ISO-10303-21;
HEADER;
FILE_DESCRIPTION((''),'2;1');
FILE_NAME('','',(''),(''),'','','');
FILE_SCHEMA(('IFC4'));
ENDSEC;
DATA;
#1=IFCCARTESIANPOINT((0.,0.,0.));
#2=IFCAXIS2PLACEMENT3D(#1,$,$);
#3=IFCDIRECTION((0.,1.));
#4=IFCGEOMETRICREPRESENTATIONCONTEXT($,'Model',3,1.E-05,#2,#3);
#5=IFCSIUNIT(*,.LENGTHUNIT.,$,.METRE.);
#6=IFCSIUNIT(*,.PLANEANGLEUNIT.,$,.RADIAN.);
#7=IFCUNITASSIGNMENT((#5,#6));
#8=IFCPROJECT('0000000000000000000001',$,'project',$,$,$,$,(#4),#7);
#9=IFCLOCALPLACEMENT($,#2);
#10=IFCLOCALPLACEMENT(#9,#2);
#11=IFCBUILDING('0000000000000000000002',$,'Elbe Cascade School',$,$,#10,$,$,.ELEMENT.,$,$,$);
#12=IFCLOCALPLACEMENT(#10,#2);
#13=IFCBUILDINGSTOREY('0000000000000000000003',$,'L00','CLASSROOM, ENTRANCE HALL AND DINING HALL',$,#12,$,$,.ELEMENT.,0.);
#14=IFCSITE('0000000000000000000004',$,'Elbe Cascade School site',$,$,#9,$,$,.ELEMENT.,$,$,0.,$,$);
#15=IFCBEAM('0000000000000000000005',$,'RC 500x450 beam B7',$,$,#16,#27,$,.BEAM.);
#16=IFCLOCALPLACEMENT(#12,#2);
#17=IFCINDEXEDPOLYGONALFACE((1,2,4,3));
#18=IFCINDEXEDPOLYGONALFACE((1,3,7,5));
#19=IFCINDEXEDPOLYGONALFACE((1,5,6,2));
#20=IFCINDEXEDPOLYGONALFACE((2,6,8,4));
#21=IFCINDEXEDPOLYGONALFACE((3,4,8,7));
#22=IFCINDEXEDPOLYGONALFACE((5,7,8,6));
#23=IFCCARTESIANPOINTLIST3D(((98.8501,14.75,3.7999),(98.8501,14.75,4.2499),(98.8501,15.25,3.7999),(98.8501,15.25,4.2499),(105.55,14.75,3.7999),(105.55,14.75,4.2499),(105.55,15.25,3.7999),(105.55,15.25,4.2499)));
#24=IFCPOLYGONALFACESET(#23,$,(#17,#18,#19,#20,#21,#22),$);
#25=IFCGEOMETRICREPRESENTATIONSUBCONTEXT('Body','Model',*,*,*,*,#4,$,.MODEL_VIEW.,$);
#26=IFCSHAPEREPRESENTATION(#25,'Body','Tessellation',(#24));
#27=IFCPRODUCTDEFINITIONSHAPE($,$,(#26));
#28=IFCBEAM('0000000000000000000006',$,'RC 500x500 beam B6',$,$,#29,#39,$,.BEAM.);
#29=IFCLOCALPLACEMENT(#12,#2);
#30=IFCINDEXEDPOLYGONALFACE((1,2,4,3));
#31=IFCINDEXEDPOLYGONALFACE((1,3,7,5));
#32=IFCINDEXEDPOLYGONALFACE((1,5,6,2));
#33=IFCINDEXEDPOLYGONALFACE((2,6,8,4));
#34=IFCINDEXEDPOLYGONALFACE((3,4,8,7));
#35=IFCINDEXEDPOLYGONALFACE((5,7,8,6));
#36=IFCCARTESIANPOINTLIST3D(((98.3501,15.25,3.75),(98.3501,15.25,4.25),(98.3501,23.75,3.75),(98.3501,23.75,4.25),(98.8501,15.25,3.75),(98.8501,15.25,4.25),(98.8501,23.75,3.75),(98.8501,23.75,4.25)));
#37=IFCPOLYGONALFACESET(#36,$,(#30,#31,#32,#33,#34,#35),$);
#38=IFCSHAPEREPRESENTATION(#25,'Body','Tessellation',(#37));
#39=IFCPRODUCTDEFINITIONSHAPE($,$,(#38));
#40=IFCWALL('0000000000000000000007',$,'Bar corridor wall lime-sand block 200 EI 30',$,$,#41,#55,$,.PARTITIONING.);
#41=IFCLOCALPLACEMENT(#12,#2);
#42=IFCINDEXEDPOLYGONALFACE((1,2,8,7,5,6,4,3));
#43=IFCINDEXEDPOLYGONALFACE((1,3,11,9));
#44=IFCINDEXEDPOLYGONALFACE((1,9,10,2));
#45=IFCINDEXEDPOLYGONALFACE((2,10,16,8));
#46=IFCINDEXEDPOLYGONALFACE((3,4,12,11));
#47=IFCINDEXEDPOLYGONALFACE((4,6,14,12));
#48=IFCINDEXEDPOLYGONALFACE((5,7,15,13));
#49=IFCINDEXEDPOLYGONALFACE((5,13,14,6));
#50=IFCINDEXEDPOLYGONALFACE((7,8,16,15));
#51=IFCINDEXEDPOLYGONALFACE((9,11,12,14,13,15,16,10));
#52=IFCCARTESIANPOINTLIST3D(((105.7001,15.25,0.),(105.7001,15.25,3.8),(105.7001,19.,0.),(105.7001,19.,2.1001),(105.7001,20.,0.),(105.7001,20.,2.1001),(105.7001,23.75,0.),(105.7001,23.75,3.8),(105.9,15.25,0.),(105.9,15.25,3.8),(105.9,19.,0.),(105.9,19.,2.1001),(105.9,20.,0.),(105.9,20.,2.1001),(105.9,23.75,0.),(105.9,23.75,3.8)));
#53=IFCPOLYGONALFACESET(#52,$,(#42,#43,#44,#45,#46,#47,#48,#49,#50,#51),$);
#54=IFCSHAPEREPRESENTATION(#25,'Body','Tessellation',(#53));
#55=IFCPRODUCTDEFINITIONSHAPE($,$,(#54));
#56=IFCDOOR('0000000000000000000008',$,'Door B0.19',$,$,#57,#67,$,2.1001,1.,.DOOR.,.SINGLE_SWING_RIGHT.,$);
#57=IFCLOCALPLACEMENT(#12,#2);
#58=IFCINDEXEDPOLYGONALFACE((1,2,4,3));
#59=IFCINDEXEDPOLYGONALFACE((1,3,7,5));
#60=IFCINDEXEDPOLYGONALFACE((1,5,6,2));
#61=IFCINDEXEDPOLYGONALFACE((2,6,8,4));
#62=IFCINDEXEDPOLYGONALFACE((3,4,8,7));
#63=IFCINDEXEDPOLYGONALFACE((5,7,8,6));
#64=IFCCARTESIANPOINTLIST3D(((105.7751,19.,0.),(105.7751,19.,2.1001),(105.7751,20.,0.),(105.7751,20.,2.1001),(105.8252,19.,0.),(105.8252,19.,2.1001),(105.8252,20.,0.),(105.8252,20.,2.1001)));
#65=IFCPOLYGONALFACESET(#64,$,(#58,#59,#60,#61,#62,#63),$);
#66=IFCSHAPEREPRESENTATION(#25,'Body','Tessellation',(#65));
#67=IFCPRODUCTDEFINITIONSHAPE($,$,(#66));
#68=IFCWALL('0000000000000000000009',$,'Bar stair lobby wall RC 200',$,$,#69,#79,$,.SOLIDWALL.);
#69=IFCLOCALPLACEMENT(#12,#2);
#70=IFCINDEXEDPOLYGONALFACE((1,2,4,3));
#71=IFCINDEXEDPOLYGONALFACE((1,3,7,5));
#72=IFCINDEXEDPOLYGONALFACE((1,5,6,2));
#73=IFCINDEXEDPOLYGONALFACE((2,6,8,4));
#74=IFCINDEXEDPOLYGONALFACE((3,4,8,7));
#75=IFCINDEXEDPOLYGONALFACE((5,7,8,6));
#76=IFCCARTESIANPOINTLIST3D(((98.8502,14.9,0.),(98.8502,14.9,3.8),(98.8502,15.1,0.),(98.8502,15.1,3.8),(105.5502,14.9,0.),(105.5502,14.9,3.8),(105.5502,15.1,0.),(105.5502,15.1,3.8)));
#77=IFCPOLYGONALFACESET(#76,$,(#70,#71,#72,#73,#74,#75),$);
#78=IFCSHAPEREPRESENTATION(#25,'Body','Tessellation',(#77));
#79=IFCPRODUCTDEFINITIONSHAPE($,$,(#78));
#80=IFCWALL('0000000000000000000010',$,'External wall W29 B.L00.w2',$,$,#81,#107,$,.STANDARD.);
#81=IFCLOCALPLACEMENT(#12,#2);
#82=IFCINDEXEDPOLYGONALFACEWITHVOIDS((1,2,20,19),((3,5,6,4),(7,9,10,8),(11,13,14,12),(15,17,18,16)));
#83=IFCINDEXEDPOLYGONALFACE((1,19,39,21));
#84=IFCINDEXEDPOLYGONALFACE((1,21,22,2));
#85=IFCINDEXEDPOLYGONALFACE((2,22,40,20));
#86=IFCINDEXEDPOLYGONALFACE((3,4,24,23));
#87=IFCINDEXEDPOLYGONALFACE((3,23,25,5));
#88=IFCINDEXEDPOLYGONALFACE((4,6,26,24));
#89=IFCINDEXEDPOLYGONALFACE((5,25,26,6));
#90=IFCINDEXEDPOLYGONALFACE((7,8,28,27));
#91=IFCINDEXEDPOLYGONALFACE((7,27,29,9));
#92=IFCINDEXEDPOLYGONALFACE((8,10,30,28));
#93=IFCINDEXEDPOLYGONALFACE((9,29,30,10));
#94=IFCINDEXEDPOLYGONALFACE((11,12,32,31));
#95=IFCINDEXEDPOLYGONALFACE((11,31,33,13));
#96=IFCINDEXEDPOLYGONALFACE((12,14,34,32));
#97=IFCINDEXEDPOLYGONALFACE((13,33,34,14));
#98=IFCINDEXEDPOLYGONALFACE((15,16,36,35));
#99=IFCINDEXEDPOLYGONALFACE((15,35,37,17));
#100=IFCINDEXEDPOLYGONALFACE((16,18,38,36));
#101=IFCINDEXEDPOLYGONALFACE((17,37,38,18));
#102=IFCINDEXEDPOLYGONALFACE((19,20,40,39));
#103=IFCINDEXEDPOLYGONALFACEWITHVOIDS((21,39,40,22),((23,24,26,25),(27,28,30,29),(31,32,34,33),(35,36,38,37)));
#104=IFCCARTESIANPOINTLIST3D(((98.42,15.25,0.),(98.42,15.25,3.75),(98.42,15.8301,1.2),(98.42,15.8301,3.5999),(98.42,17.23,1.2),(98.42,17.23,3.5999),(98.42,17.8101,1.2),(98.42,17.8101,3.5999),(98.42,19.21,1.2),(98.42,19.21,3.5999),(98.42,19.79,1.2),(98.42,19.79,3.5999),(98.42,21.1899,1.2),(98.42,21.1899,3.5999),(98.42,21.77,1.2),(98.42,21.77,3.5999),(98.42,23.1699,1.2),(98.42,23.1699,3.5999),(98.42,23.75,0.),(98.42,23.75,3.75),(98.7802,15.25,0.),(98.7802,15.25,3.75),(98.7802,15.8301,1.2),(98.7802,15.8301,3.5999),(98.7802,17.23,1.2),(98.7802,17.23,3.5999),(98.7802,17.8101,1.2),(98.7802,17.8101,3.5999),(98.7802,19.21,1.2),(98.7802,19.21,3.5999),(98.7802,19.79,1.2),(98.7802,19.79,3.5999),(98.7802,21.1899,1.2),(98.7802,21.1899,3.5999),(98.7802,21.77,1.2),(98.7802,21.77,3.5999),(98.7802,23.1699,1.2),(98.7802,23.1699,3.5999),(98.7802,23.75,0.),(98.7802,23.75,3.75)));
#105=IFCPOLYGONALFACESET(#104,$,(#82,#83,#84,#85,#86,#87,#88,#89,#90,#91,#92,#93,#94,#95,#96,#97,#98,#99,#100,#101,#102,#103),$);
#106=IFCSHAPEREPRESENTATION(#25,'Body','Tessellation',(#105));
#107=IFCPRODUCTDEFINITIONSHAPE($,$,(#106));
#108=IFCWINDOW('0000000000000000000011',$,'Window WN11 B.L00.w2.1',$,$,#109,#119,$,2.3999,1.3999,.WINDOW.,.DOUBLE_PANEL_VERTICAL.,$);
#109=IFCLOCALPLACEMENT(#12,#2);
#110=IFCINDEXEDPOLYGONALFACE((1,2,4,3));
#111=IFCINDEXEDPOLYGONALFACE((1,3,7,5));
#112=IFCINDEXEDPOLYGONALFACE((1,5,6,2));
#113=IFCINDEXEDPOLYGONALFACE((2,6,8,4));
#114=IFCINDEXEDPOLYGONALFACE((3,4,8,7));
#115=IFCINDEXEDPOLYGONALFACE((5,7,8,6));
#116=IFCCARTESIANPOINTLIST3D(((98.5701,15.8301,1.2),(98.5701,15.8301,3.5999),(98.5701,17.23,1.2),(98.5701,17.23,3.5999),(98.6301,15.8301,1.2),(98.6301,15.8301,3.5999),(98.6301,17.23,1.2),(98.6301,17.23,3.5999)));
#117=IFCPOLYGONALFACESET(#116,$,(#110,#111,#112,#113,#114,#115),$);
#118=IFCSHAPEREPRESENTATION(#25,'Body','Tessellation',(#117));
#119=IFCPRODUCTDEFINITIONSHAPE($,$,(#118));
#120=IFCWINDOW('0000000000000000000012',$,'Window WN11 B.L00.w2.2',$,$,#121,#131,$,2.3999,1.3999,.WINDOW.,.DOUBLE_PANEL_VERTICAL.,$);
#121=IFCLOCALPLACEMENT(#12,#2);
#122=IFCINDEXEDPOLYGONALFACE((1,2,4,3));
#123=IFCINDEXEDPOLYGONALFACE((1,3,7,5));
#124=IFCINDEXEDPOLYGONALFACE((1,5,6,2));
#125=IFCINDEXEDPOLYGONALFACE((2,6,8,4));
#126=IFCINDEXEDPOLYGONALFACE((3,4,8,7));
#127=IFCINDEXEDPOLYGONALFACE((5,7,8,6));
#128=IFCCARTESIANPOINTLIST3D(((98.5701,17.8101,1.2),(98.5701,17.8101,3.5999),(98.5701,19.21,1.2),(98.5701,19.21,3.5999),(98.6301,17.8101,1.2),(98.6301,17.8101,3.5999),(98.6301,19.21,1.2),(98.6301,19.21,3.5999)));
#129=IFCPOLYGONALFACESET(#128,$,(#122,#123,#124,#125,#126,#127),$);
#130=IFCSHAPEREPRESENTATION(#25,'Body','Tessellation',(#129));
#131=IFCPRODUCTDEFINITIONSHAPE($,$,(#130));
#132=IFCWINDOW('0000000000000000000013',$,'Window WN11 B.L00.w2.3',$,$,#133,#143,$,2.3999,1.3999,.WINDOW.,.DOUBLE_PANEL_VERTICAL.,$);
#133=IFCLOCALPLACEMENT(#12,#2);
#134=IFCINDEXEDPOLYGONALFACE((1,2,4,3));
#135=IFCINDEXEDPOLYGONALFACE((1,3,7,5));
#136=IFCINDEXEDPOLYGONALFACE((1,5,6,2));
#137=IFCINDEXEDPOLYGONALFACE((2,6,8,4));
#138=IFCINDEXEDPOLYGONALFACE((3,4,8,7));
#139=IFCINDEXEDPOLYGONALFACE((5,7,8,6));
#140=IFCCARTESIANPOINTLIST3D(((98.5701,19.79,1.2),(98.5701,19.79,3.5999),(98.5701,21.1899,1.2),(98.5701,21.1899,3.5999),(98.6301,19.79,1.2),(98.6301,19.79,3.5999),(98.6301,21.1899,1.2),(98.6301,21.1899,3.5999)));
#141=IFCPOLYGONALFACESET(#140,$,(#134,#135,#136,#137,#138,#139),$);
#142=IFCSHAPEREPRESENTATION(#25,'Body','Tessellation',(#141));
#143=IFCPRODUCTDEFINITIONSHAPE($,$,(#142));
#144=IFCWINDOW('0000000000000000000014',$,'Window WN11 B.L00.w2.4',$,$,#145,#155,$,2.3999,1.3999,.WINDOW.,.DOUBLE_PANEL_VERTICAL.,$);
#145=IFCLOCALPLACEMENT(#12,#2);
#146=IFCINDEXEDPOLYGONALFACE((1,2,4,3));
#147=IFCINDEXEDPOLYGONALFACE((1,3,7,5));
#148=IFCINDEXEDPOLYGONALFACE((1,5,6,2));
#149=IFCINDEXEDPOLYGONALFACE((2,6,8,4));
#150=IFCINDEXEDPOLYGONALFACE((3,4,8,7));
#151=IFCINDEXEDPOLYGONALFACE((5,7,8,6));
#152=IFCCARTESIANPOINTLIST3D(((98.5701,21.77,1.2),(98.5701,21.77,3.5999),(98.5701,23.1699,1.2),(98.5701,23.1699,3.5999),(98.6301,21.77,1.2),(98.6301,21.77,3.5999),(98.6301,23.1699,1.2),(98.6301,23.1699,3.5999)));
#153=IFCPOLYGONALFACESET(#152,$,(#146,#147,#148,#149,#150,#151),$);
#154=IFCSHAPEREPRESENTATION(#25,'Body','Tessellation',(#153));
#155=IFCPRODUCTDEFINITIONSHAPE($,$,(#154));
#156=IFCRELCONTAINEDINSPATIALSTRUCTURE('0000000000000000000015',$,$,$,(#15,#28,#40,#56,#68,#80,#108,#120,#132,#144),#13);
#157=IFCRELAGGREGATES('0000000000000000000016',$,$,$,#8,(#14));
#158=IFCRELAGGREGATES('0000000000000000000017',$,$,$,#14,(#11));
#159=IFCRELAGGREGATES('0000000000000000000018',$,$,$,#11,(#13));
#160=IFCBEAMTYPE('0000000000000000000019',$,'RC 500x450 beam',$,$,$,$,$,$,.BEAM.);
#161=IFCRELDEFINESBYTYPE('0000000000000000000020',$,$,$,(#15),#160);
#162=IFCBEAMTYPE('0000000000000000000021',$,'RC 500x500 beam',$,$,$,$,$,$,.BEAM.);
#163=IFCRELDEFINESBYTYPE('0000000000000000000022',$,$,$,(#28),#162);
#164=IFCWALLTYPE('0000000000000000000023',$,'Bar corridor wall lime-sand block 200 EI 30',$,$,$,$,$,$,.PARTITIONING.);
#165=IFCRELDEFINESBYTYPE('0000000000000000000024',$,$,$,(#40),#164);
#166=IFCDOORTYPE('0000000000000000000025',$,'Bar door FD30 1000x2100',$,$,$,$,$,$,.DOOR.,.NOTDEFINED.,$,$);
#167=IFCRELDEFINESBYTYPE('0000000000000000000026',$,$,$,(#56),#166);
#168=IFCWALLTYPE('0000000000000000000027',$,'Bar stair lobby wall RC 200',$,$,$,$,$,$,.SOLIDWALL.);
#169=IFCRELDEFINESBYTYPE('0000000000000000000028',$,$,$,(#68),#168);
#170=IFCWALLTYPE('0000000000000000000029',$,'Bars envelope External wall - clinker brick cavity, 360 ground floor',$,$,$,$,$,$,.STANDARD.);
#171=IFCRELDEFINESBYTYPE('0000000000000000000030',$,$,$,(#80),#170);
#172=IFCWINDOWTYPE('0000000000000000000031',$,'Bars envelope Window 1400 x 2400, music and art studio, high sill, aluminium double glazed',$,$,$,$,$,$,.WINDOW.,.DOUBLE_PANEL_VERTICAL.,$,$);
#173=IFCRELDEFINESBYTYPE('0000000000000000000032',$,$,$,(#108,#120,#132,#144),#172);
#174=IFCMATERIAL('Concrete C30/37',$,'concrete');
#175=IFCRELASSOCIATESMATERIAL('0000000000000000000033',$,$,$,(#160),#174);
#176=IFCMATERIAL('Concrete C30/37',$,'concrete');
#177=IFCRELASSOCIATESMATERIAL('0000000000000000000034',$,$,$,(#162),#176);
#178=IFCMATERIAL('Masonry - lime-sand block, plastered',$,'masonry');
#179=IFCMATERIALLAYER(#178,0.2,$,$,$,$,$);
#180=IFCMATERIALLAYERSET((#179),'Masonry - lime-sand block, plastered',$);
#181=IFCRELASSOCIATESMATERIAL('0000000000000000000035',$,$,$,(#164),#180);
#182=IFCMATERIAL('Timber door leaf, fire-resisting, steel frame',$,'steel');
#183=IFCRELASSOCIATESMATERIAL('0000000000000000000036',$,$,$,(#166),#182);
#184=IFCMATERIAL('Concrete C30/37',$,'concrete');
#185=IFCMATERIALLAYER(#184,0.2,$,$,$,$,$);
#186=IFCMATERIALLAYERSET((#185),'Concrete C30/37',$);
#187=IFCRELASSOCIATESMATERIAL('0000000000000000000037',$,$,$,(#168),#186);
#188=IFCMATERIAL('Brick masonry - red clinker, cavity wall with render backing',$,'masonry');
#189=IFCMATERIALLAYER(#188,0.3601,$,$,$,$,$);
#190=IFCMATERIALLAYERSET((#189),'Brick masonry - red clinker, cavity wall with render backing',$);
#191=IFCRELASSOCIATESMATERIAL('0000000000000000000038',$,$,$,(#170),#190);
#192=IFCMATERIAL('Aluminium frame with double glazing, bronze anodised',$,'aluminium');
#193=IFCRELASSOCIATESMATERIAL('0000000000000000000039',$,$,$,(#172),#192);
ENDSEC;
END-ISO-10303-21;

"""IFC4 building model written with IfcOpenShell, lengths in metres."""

from ifc_helpers import new_model, si_unit, direction, frame, frame_2d, origin, origin_2d, place, context, subcontext, project, spatial, rectangle, extrude, material, layer, layer_set, material_profile, profile_set, type_object, element, fill, save


model = new_model("IFC4")

# Units and contexts
model_context = context("Model", 3, precision=1e-05, world=origin(), true_north=direction((0.0, 1.0)))
body_context = subcontext(model_context, "Body", "Model", "MODEL_VIEW")
ifc_project = project(units=[si_unit("LENGTHUNIT", "METRE"), si_unit("PLANEANGLEUNIT", "RADIAN")], contexts=[model_context])

# Site, building, storey
site_placement = place(None, origin())
site = spatial("IfcSite", under=ifc_project, at=site_placement, Name="Elbe Cascade School site", CompositionType="ELEMENT", RefElevation=0.0)
building_placement = place(site_placement, origin())
building = spatial("IfcBuilding", under=site, at=building_placement, Name="Elbe Cascade School", CompositionType="ELEMENT")
storey_placement = place(building_placement, origin())
storey = spatial("IfcBuildingStorey", under=building, at=storey_placement, Name="L00", Description="CLASSROOM, ENTRANCE HALL AND DINING HALL", CompositionType="ELEMENT", Elevation=0.0)

# Beams
ifc_material_1 = material(Name="Concrete C30/37", Category="concrete")
ifc_material_profile_1 = material_profile(ifc_material_1, rectangle(XDim=0.5, YDim=0.45, at=origin_2d()), Name="RC 500x450")
ifc_profile_set_1 = profile_set([ifc_material_profile_1], Name="Concrete C30/37")
beam_type_1 = type_object("IfcBeamType", Name="RC 500x450 beam", PredefinedType="BEAM", material=ifc_profile_set_1)
beam_1_placement = place(storey_placement, frame((98.8501, 15.0, 4.0249), z_axis=(1.0, 0.0, 0.0), x_axis=(0.0, 1.0, 0.0)))
element("IfcBeam", 1, at=beam_1_placement, inside=storey, type_object=beam_type_1, Name="RC 500x450 beam B7", PredefinedType="BEAM", context=body_context, shape_type="SweptSolid", body=[
    extrude(rectangle(XDim=0.5, YDim=0.45, at=origin_2d()), origin(), (0.0, 0.0, 1.0), 6.7),
])
ifc_material_2 = material(Name="Concrete C30/37", Category="concrete")
ifc_material_profile_2 = material_profile(ifc_material_2, rectangle(XDim=0.5, YDim=0.5, at=origin_2d()), Name="RC 500x500")
ifc_profile_set_2 = profile_set([ifc_material_profile_2], Name="Concrete C30/37")
beam_type_2 = type_object("IfcBeamType", Name="RC 500x500 beam", PredefinedType="BEAM", material=ifc_profile_set_2)
beam_2_placement = place(storey_placement, frame((98.6001, 15.25, 4.0), z_axis=(0.0, 1.0, 0.0), x_axis=(-1.0, 0.0, 0.0)))
element("IfcBeam", 2, at=beam_2_placement, inside=storey, type_object=beam_type_2, Name="RC 500x500 beam B6", PredefinedType="BEAM", context=body_context, shape_type="SweptSolid", body=[
    extrude(rectangle(XDim=0.5, YDim=0.5, at=origin_2d()), origin(), (0.0, 0.0, 1.0), 8.5),
])

# Wall, opening, door
ifc_material_3 = material(Name="Masonry - lime-sand block, plastered", Category="masonry")
ifc_layer_1 = layer(ifc_material_3, 0.2)
ifc_layer_set_1 = layer_set([ifc_layer_1], Name="Masonry - lime-sand block, plastered")
wall_type_1 = type_object("IfcWallType", Name="Bar corridor wall lime-sand block 200 EI 30", PredefinedType="PARTITIONING", material=ifc_layer_set_1)
wall_1_placement = place(storey_placement, frame((105.8, 15.25, 0.0), z_axis=(0.0, 0.0, 1.0), x_axis=(0.0, 1.0, 0.0)))
wall_1 = element("IfcWall", 3, at=wall_1_placement, inside=storey, type_object=wall_type_1, Name="Bar corridor wall lime-sand block 200 EI 30", PredefinedType="PARTITIONING", context=body_context, shape_type="SweptSolid", body=[
    extrude(rectangle(XDim=8.5, YDim=0.2, at=frame_2d((4.25, 0.0))), origin(), (0.0, 0.0, 1.0), 3.8),
])
opening_1_placement = place(wall_1_placement, frame((3.75, 0.0, 0.0)))
opening_1 = element("IfcOpeningElement", 4, at=opening_1_placement, cuts=wall_1, PredefinedType="OPENING", context=body_context, shape_type="SweptSolid", body=[
    extrude(rectangle(XDim=1.0, YDim=2.1001, at=frame_2d((0.5, 1.05))), frame((0.0, 0.1099, 0.0), z_axis=(0.0, -1.0, 0.0), x_axis=(1.0, 0.0, 0.0)), (0.0, 0.0, 1.0), 0.22),
])
ifc_material_4 = material(Name="Timber door leaf, fire-resisting, steel frame", Category="steel")
door_type = type_object("IfcDoorType", Name="Bar door FD30 1000x2100", OperationType="NOTDEFINED", PredefinedType="DOOR", material=ifc_material_4)
door_placement = place(opening_1_placement, origin())
door = element("IfcDoor", 5, at=door_placement, inside=storey, type_object=door_type, Name="Door B0.19", OperationType="SINGLE_SWING_RIGHT", OverallHeight=2.1001, OverallWidth=1.0, PredefinedType="DOOR", context=body_context, shape_type="SweptSolid", body=[
    extrude(rectangle(XDim=1.0, YDim=2.1001, at=frame_2d((0.5, 1.05))), frame((0.0, 0.0249, 0.0), z_axis=(0.0, -1.0, 0.0), x_axis=(1.0, 0.0, 0.0)), (0.0, 0.0, 1.0), 0.05),
])
fill(opening_1, door)

# Wall
ifc_material_5 = material(Name="Concrete C30/37", Category="concrete")
ifc_layer_2 = layer(ifc_material_5, 0.2)
ifc_layer_set_2 = layer_set([ifc_layer_2], Name="Concrete C30/37")
wall_type_2 = type_object("IfcWallType", Name="Bar stair lobby wall RC 200", PredefinedType="SOLIDWALL", material=ifc_layer_set_2)
wall_2_placement = place(storey_placement, frame((98.8501, 15.0, 0.0), z_axis=(0.0, 0.0, 1.0), x_axis=(1.0, 0.0, 0.0)))
element("IfcWall", 6, at=wall_2_placement, inside=storey, type_object=wall_type_2, Name="Bar stair lobby wall RC 200", PredefinedType="SOLIDWALL", context=body_context, shape_type="SweptSolid", body=[
    extrude(rectangle(XDim=6.7, YDim=0.2, at=frame_2d((3.3501, 0.0))), origin(), (0.0, 0.0, 1.0), 3.8),
])

# Wall, openings, windows
ifc_material_6 = material(Name="Brick masonry - red clinker, cavity wall with render backing", Category="masonry")
ifc_layer_3 = layer(ifc_material_6, 0.3601)
ifc_layer_set_3 = layer_set([ifc_layer_3], Name="Brick masonry - red clinker, cavity wall with render backing")
wall_type_3 = type_object("IfcWallType", Name="Bars envelope External wall - clinker brick cavity, 360 ground floor", PredefinedType="STANDARD", material=ifc_layer_set_3)
wall_3_placement = place(storey_placement, frame((98.6001, 15.25, 0.0), z_axis=(0.0, 0.0, 1.0), x_axis=(0.0, 1.0, 0.0)))
wall_3 = element("IfcWall", 7, at=wall_3_placement, inside=storey, type_object=wall_type_3, Name="External wall W29 B.L00.w2", PredefinedType="STANDARD", context=body_context, shape_type="SweptSolid", body=[
    extrude(rectangle(XDim=8.5, YDim=0.3601, at=frame_2d((4.25, 0.0))), origin(), (0.0, 0.0, 1.0), 3.75),
])
opening_2_placement = place(wall_3_placement, frame((0.5801, 0.0, 1.2)))
opening_2 = element("IfcOpeningElement", 8, at=opening_2_placement, cuts=wall_3, PredefinedType="OPENING", context=body_context, shape_type="SweptSolid", body=[
    extrude(rectangle(XDim=1.3999, YDim=2.3999, at=frame_2d((0.7, 1.2))), frame((0.0, 0.1899, 0.0), z_axis=(0.0, -1.0, 0.0), x_axis=(1.0, 0.0, 0.0)), (0.0, 0.0, 1.0), 0.3801),
])
opening_3_placement = place(wall_3_placement, frame((2.5601, 0.0, 1.2)))
opening_3 = element("IfcOpeningElement", 9, at=opening_3_placement, cuts=wall_3, PredefinedType="OPENING", context=body_context, shape_type="SweptSolid", body=[
    extrude(rectangle(XDim=1.3999, YDim=2.3999, at=frame_2d((0.7, 1.2))), frame((0.0, 0.1899, 0.0), z_axis=(0.0, -1.0, 0.0), x_axis=(1.0, 0.0, 0.0)), (0.0, 0.0, 1.0), 0.3801),
])
opening_4_placement = place(wall_3_placement, frame((4.54, 0.0, 1.2)))
opening_4 = element("IfcOpeningElement", 10, at=opening_4_placement, cuts=wall_3, PredefinedType="OPENING", context=body_context, shape_type="SweptSolid", body=[
    extrude(rectangle(XDim=1.3999, YDim=2.3999, at=frame_2d((0.7, 1.2))), frame((0.0, 0.1899, 0.0), z_axis=(0.0, -1.0, 0.0), x_axis=(1.0, 0.0, 0.0)), (0.0, 0.0, 1.0), 0.3801),
])
opening_5_placement = place(wall_3_placement, frame((6.52, 0.0, 1.2)))
opening_5 = element("IfcOpeningElement", 11, at=opening_5_placement, cuts=wall_3, PredefinedType="OPENING", context=body_context, shape_type="SweptSolid", body=[
    extrude(rectangle(XDim=1.3999, YDim=2.3999, at=frame_2d((0.7, 1.2))), frame((0.0, 0.1899, 0.0), z_axis=(0.0, -1.0, 0.0), x_axis=(1.0, 0.0, 0.0)), (0.0, 0.0, 1.0), 0.3801),
])
ifc_material_7 = material(Name="Aluminium frame with double glazing, bronze anodised", Category="aluminium")
window_type = type_object("IfcWindowType", Name="Bars envelope Window 1400 x 2400, music and art studio, high sill, aluminium double glazed", PartitioningType="DOUBLE_PANEL_VERTICAL", PredefinedType="WINDOW", material=ifc_material_7)
window_1_placement = place(opening_2_placement, origin())
window_1 = element("IfcWindow", 12, at=window_1_placement, inside=storey, type_object=window_type, Name="Window WN11 B.L00.w2.1", OverallHeight=2.3999, OverallWidth=1.3999, PartitioningType="DOUBLE_PANEL_VERTICAL", PredefinedType="WINDOW", context=body_context, shape_type="SweptSolid", body=[
    extrude(rectangle(XDim=1.3999, YDim=2.3999, at=frame_2d((0.7, 1.2))), frame((0.0, 0.03, 0.0), z_axis=(0.0, -1.0, 0.0), x_axis=(1.0, 0.0, 0.0)), (0.0, 0.0, 1.0), 0.0601),
])
fill(opening_2, window_1)
window_2_placement = place(opening_3_placement, origin())
window_2 = element("IfcWindow", 13, at=window_2_placement, inside=storey, type_object=window_type, Name="Window WN11 B.L00.w2.2", OverallHeight=2.3999, OverallWidth=1.3999, PartitioningType="DOUBLE_PANEL_VERTICAL", PredefinedType="WINDOW", context=body_context, shape_type="SweptSolid", body=[
    extrude(rectangle(XDim=1.3999, YDim=2.3999, at=frame_2d((0.7, 1.2))), frame((0.0, 0.03, 0.0), z_axis=(0.0, -1.0, 0.0), x_axis=(1.0, 0.0, 0.0)), (0.0, 0.0, 1.0), 0.0601),
])
fill(opening_3, window_2)
window_3_placement = place(opening_4_placement, origin())
window_3 = element("IfcWindow", 14, at=window_3_placement, inside=storey, type_object=window_type, Name="Window WN11 B.L00.w2.3", OverallHeight=2.3999, OverallWidth=1.3999, PartitioningType="DOUBLE_PANEL_VERTICAL", PredefinedType="WINDOW", context=body_context, shape_type="SweptSolid", body=[
    extrude(rectangle(XDim=1.3999, YDim=2.3999, at=frame_2d((0.7, 1.2))), frame((0.0, 0.03, 0.0), z_axis=(0.0, -1.0, 0.0), x_axis=(1.0, 0.0, 0.0)), (0.0, 0.0, 1.0), 0.0601),
])
fill(opening_4, window_3)
window_4_placement = place(opening_5_placement, origin())
window_4 = element("IfcWindow", 15, at=window_4_placement, inside=storey, type_object=window_type, Name="Window WN11 B.L00.w2.4", OverallHeight=2.3999, OverallWidth=1.3999, PartitioningType="DOUBLE_PANEL_VERTICAL", PredefinedType="WINDOW", context=body_context, shape_type="SweptSolid", body=[
    extrude(rectangle(XDim=1.3999, YDim=2.3999, at=frame_2d((0.7, 1.2))), frame((0.0, 0.03, 0.0), z_axis=(0.0, -1.0, 0.0), x_axis=(1.0, 0.0, 0.0)), (0.0, 0.0, 1.0), 0.0601),
])
fill(opening_5, window_4)

save(model, "model.ifc")
